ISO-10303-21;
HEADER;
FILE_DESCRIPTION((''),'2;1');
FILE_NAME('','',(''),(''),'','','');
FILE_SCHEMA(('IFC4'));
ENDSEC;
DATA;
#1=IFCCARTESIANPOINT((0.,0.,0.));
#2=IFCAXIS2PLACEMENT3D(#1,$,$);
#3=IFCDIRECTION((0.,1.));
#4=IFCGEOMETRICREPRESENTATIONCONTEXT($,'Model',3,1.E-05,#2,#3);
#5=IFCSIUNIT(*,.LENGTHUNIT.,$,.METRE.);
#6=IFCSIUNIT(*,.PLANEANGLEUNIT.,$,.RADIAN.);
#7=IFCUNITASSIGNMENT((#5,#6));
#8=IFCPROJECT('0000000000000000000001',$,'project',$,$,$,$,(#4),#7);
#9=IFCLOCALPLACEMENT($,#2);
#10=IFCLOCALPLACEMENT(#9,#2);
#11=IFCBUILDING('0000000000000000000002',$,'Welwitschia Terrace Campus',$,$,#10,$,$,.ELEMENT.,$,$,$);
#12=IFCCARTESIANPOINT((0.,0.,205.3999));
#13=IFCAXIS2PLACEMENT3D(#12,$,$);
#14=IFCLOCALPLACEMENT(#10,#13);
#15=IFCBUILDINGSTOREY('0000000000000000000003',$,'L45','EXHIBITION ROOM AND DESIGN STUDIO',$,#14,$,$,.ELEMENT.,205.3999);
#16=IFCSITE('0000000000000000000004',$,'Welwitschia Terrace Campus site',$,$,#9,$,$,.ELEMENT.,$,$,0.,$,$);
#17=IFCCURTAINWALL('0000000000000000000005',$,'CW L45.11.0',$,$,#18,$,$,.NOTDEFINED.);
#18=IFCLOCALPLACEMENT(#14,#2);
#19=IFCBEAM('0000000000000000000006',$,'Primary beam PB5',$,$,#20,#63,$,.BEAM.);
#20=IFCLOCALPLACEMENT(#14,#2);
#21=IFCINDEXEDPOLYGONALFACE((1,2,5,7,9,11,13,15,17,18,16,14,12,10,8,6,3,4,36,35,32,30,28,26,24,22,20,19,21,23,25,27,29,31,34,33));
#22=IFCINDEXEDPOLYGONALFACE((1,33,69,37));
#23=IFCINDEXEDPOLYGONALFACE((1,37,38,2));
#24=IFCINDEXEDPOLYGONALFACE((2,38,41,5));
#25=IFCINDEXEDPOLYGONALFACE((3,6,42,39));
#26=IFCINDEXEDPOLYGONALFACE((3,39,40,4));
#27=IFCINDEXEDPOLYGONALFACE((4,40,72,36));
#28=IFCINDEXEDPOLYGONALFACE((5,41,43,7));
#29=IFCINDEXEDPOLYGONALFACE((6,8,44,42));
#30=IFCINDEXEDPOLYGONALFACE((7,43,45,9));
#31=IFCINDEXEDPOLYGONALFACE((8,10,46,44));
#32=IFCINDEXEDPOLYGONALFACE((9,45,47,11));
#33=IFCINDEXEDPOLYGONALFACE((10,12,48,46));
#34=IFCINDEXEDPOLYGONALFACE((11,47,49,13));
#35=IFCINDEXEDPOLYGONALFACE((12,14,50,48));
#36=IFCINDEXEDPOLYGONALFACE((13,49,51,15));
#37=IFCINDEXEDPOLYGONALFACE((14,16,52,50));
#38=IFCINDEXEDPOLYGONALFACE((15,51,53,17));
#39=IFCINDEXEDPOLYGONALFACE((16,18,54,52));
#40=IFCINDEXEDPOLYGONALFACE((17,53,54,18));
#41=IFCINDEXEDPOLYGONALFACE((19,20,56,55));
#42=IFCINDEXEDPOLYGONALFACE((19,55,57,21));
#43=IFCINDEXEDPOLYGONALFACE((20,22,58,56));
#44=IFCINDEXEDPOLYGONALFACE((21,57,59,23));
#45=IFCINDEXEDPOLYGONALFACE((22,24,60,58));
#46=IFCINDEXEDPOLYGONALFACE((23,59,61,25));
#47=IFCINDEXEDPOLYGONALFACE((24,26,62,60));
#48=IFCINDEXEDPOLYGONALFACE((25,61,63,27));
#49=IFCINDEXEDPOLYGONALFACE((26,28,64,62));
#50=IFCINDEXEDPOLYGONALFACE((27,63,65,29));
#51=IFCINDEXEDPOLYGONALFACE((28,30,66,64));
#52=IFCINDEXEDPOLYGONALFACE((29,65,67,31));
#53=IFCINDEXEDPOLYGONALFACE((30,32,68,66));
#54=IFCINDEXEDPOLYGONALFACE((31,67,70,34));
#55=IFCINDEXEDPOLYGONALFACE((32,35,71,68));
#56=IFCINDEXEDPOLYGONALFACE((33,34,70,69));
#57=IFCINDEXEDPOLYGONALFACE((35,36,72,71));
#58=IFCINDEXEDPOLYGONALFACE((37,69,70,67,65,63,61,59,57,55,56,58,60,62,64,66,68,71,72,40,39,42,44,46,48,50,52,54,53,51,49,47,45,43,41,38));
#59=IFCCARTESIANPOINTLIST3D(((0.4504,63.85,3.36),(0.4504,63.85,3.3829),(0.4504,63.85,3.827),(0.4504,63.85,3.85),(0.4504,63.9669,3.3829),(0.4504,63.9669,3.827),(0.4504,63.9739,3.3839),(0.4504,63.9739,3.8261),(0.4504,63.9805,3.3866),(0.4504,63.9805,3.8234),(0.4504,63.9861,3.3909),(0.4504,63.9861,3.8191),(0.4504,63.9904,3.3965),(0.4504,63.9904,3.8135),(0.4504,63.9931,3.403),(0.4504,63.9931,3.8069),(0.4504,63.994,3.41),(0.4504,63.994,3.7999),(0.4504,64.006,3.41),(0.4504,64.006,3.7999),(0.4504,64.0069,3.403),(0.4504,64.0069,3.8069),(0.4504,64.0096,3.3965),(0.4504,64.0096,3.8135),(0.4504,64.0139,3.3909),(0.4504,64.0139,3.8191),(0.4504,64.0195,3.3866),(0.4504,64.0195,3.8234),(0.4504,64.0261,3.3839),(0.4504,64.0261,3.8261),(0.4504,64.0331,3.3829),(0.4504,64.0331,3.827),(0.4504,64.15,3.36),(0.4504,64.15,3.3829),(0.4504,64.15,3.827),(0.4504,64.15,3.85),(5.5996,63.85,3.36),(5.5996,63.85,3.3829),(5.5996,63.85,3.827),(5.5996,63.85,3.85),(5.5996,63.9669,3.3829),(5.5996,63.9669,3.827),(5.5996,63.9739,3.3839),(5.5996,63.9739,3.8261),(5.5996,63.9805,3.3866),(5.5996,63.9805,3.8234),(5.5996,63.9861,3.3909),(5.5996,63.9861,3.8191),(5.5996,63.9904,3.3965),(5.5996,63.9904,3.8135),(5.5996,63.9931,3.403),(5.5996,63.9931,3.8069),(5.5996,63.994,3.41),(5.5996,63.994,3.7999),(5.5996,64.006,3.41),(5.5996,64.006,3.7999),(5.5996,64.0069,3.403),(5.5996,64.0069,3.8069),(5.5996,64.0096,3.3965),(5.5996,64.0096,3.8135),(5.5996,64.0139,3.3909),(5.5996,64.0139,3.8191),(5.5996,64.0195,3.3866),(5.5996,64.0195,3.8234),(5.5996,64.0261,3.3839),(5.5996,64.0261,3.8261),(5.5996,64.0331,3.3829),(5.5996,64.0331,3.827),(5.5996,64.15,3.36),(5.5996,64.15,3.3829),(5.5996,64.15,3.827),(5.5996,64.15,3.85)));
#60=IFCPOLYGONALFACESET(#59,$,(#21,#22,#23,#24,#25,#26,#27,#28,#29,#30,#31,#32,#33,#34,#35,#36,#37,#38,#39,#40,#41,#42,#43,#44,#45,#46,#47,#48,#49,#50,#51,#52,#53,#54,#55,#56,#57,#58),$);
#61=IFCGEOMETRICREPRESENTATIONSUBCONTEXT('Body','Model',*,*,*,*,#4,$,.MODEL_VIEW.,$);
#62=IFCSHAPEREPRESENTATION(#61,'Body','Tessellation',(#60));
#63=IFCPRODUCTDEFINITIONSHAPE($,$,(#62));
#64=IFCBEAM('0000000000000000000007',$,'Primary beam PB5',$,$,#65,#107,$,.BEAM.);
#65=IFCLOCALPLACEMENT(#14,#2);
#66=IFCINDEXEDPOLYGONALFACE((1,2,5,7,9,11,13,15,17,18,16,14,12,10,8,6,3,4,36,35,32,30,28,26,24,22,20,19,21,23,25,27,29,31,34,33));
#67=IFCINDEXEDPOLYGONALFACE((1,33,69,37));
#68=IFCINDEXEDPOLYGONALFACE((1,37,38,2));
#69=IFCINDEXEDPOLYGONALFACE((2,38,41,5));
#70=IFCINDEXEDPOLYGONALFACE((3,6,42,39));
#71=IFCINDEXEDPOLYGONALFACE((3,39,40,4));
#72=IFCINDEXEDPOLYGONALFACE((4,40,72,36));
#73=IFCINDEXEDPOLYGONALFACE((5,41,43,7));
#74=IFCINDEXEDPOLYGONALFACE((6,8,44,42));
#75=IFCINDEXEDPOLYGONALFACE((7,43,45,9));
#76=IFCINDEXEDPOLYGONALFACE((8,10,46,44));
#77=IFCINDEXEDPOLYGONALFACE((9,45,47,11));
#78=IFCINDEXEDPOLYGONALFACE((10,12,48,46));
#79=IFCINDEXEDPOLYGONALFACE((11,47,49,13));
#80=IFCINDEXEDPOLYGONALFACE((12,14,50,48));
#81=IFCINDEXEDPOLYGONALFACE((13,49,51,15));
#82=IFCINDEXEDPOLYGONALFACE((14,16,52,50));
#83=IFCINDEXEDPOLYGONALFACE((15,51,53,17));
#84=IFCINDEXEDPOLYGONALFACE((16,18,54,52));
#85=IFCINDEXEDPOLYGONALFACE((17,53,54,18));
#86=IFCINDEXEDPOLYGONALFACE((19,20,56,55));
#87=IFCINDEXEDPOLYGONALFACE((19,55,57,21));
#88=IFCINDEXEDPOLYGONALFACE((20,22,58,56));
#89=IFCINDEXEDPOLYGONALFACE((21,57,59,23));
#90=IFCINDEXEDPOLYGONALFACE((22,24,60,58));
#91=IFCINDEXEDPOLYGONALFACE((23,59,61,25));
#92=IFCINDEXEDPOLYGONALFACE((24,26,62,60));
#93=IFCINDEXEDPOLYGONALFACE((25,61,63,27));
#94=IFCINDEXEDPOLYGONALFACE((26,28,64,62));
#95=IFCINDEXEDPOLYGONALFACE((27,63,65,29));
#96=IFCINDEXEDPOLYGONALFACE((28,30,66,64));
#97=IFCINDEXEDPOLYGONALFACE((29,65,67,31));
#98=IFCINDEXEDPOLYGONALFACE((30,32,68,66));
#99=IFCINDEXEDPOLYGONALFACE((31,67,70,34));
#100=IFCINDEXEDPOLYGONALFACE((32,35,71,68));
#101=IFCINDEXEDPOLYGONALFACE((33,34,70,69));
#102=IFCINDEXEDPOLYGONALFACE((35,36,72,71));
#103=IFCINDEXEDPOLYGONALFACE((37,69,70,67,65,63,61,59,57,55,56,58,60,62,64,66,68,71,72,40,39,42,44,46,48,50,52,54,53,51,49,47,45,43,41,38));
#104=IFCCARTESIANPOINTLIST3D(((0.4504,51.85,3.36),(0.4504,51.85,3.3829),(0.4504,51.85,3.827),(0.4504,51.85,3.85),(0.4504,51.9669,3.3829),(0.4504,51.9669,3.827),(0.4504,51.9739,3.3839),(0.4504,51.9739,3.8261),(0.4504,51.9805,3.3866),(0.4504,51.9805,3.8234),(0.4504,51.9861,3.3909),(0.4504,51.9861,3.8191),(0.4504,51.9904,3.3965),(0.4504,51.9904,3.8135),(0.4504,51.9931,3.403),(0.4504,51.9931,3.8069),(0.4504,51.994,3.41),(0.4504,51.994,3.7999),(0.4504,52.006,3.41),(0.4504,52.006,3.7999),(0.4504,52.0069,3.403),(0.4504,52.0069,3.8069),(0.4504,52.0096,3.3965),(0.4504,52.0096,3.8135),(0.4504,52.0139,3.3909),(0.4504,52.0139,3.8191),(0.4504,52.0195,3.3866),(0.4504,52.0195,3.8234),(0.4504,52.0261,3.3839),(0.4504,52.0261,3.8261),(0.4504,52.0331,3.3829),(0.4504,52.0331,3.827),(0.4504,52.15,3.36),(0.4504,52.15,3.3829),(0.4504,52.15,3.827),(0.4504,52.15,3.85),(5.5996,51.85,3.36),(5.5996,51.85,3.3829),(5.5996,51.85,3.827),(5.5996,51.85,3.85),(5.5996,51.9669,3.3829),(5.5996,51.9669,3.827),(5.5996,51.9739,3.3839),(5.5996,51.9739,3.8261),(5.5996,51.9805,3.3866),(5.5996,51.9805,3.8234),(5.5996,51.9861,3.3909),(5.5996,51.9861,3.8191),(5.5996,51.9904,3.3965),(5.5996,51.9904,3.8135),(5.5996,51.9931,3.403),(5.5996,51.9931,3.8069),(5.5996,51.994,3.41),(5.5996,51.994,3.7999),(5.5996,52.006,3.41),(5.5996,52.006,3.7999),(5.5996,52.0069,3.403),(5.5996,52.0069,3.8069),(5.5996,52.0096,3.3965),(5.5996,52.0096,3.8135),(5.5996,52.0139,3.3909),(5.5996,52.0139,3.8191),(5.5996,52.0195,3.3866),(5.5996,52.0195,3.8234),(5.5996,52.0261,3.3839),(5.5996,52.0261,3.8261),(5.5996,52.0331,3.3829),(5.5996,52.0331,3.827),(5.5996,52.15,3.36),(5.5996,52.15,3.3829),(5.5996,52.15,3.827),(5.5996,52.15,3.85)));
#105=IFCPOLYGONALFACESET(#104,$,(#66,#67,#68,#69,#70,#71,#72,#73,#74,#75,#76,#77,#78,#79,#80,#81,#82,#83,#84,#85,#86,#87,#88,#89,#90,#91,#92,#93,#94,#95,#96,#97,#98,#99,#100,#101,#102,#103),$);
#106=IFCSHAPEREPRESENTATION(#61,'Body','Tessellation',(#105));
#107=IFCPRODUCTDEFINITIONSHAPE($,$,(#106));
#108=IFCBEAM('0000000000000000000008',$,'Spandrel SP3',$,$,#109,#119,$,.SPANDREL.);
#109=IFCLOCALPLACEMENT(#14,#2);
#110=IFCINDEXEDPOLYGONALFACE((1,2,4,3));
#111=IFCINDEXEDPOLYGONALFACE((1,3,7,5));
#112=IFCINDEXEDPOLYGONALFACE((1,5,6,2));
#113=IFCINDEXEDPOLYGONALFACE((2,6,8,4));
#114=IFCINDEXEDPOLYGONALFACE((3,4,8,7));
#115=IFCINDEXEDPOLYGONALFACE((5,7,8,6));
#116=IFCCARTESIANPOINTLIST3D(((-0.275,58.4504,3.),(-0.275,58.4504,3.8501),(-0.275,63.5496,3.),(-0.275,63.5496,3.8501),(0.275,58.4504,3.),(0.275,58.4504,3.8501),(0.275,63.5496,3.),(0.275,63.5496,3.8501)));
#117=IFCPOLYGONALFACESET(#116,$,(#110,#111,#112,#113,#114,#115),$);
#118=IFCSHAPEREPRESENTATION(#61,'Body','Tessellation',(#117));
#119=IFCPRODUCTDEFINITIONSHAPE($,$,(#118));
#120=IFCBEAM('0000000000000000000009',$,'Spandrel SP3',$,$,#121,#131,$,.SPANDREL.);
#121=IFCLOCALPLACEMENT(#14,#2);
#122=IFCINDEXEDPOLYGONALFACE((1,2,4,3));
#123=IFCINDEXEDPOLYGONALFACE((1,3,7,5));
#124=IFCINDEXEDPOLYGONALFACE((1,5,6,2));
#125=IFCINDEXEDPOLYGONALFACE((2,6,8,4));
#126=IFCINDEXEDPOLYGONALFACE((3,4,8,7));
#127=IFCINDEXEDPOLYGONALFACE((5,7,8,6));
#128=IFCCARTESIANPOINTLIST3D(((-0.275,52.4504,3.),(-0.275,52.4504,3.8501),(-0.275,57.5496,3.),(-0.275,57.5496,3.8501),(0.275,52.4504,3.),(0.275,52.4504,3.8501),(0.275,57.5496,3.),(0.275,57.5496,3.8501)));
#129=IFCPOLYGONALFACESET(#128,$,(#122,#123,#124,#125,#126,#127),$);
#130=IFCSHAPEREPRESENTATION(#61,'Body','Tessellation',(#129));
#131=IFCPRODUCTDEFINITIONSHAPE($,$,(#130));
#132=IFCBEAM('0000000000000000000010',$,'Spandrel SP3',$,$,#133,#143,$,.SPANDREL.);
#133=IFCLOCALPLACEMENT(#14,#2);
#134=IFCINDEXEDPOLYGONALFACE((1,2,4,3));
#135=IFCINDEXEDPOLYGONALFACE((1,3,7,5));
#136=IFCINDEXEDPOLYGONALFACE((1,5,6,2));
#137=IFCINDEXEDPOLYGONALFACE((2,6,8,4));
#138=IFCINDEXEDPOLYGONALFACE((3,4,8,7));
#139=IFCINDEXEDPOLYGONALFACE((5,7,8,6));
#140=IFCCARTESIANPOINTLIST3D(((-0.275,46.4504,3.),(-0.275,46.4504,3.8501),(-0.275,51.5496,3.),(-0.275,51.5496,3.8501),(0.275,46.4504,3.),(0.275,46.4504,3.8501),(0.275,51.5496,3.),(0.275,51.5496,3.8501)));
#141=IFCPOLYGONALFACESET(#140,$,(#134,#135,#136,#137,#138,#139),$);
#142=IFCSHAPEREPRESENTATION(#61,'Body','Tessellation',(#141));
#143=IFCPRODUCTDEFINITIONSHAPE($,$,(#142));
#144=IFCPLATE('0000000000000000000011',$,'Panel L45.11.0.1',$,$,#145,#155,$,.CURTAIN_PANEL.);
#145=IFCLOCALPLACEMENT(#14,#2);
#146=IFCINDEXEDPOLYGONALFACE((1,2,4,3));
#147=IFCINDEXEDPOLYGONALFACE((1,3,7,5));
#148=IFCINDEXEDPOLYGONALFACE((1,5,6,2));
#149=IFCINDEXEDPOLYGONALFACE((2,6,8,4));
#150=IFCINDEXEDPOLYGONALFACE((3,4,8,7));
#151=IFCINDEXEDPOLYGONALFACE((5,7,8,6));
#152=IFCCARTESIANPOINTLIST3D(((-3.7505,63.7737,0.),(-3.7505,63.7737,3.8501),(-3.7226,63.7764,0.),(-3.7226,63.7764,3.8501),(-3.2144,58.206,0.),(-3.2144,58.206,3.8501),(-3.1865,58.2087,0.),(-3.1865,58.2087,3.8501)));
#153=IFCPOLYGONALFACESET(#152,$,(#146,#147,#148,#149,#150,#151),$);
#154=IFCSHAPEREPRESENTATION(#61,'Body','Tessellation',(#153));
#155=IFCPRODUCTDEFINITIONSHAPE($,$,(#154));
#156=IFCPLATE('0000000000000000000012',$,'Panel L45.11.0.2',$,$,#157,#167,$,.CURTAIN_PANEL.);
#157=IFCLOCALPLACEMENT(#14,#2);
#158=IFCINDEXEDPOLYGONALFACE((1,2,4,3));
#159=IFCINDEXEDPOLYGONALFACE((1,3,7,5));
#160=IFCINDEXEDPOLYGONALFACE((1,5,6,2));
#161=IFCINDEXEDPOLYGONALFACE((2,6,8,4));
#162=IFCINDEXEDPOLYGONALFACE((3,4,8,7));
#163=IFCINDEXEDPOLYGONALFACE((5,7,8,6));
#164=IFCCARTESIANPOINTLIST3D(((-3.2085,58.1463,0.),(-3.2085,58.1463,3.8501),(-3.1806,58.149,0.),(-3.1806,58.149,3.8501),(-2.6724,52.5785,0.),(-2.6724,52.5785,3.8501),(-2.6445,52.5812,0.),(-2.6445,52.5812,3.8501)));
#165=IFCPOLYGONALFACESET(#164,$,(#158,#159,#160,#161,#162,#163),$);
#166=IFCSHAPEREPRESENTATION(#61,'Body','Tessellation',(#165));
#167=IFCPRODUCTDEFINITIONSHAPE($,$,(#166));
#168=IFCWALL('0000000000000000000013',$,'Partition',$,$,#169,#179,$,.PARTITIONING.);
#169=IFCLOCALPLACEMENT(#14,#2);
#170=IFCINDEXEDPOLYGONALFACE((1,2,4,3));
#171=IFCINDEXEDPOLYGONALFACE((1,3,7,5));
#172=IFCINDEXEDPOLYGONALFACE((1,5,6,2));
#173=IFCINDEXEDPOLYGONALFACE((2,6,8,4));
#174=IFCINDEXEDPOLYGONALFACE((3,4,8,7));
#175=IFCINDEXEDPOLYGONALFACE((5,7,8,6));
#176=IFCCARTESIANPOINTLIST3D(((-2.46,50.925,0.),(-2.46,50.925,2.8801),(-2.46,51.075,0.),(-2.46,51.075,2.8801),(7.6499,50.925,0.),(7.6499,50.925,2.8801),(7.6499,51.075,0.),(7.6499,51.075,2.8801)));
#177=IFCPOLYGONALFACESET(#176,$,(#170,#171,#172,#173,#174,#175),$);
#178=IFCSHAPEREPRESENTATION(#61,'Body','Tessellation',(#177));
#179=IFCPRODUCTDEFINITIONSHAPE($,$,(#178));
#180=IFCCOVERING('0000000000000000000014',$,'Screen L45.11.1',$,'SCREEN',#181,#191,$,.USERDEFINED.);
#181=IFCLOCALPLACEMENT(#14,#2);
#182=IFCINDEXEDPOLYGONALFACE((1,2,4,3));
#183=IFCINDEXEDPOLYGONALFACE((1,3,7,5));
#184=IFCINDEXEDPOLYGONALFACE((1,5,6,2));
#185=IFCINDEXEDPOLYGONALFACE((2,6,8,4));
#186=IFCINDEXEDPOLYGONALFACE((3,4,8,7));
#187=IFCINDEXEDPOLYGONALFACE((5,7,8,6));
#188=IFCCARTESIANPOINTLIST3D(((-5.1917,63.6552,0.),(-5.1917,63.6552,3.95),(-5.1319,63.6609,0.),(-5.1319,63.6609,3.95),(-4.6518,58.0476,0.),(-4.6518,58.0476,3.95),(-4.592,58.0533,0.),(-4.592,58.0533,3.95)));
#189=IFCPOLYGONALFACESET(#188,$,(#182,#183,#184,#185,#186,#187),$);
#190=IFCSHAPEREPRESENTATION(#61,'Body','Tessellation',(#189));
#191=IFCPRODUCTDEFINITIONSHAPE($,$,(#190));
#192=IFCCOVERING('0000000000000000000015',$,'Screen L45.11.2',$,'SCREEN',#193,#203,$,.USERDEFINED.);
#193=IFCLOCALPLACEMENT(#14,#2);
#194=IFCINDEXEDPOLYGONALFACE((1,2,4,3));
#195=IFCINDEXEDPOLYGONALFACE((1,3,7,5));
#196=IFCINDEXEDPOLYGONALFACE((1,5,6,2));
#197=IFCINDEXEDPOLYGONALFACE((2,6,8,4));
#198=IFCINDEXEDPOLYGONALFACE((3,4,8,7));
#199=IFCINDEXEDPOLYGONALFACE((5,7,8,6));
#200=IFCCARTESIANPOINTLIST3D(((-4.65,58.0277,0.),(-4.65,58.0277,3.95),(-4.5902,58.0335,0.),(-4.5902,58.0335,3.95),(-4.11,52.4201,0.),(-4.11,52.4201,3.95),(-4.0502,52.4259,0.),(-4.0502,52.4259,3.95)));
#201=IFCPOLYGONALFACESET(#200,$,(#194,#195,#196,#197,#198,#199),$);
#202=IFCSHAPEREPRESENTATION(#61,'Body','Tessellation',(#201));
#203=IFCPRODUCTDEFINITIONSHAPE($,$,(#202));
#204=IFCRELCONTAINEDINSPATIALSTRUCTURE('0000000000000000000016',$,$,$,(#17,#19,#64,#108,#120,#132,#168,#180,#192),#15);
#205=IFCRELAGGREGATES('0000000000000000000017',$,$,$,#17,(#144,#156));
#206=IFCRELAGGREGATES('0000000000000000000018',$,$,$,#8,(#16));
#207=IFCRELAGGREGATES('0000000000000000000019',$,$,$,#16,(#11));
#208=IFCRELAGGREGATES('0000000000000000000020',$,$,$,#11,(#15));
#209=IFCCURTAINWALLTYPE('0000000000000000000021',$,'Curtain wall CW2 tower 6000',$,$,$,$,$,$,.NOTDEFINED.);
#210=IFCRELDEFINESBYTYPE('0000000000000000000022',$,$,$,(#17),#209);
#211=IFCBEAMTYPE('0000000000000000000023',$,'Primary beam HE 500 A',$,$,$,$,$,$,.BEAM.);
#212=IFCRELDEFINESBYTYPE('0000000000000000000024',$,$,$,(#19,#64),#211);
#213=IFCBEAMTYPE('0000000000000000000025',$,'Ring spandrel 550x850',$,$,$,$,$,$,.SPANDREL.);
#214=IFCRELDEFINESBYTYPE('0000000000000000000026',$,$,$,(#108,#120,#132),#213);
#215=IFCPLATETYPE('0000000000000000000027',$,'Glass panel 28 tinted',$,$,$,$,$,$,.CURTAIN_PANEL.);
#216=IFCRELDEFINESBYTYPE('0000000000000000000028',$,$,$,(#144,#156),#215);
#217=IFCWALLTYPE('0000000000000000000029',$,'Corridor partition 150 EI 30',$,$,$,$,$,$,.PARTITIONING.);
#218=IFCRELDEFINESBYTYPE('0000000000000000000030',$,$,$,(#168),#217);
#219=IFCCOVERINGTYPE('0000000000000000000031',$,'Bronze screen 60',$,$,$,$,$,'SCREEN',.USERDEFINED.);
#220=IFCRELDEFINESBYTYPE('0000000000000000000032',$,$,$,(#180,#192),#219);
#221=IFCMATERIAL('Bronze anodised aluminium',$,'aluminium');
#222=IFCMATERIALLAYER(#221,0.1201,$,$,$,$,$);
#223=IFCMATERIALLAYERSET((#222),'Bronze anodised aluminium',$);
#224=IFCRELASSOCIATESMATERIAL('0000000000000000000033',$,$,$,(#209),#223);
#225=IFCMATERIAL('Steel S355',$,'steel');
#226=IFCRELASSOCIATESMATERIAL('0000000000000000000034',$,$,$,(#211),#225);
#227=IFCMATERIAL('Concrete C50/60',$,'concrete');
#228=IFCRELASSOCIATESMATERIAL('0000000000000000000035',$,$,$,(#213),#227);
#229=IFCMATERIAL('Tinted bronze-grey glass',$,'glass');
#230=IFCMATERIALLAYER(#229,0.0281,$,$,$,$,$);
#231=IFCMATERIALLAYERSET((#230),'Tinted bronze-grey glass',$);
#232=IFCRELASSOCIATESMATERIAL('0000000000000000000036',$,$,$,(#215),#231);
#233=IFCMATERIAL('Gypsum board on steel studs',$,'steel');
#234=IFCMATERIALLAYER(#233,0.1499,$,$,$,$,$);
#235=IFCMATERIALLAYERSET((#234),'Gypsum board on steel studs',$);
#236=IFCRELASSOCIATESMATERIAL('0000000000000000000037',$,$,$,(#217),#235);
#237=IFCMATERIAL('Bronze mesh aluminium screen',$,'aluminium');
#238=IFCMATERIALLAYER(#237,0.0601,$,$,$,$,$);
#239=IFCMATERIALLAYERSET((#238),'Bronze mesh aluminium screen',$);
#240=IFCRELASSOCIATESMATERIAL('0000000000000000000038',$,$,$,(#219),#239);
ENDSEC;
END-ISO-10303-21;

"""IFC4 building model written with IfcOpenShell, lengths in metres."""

from ifc_helpers import new_model, si_unit, direction, frame, frame_2d, origin, origin_2d, place, context, subcontext, project, spatial, rectangle, i_section, extrude, material, layer, layer_set, material_profile, profile_set, type_object, element, aggregate, save


model = new_model("IFC4")

# Units and contexts
model_context = context("Model", 3, precision=1e-05, world=origin(), true_north=direction((0.0, 1.0)))
body_context = subcontext(model_context, "Body", "Model", "MODEL_VIEW")
ifc_project = project(units=[si_unit("LENGTHUNIT", "METRE"), si_unit("PLANEANGLEUNIT", "RADIAN")], contexts=[model_context])

# Site, building, storey
site_placement = place(None, origin())
site = spatial("IfcSite", under=ifc_project, at=site_placement, Name="Welwitschia Terrace Campus site", CompositionType="ELEMENT", RefElevation=0.0)
building_placement = place(site_placement, origin())
building = spatial("IfcBuilding", under=site, at=building_placement, Name="Welwitschia Terrace Campus", CompositionType="ELEMENT")
storey_placement = place(building_placement, frame((0.0, 0.0, 205.3999)))
storey = spatial("IfcBuildingStorey", under=building, at=storey_placement, Name="L45", Description="EXHIBITION ROOM AND DESIGN STUDIO", CompositionType="ELEMENT", Elevation=205.3999)

# Curtain wall
ifc_material_1 = material(Name="Bronze anodised aluminium", Category="aluminium")
ifc_layer_1 = layer(ifc_material_1, 0.1201)
ifc_layer_set_1 = layer_set([ifc_layer_1], Name="Bronze anodised aluminium")
curtain_wall_type = type_object("IfcCurtainWallType", Name="Curtain wall CW2 tower 6000", PredefinedType="NOTDEFINED", material=ifc_layer_set_1)
curtain_wall_placement = place(storey_placement, origin())
curtain_wall = element("IfcCurtainWall", 1, at=curtain_wall_placement, inside=storey, type_object=curtain_wall_type, Name="CW L45.11.0", PredefinedType="NOTDEFINED")

# Beams
ifc_material_2 = material(Name="Steel S355", Category="steel")
ifc_material_profile_1 = material_profile(ifc_material_2, i_section(OverallWidth=0.3, OverallDepth=0.49, WebThickness=0.012, FlangeThickness=0.0229, FilletRadius=0.0271, at=origin_2d()))
ifc_profile_set_1 = profile_set([ifc_material_profile_1], Name="Steel S355")
beam_type_1 = type_object("IfcBeamType", Name="Primary beam HE 500 A", PredefinedType="BEAM", material=ifc_profile_set_1)
for number, where, z_axis, x_axis, name in (
    (2, (0.4504, 64.0, 3.605), (1.0, 0.0, 0.0), (0.0, 1.0, 0.0), "Primary beam PB5"),
    (3, (0.4504, 52.0, 3.605), (1.0, 0.0, 0.0), (0.0, 1.0, 0.0), "Primary beam PB5"),
):
    element("IfcBeam", number, at=place(storey_placement, frame(where, z_axis=z_axis, x_axis=x_axis)), inside=storey, type_object=beam_type_1, Name=name, PredefinedType="BEAM", context=body_context, shape_type="SweptSolid", body=[
        extrude(i_section(OverallWidth=0.3, OverallDepth=0.49, WebThickness=0.012, FlangeThickness=0.0229, FilletRadius=0.0271, at=origin_2d()), origin(), (0.0, 0.0, 1.0), 5.1492),
    ])
ifc_material_3 = material(Name="Concrete C50/60", Category="concrete")
ifc_material_profile_2 = material_profile(ifc_material_3, rectangle(XDim=0.55, YDim=0.8501, at=origin_2d()))
ifc_profile_set_2 = profile_set([ifc_material_profile_2], Name="Concrete C50/60")
beam_type_2 = type_object("IfcBeamType", Name="Ring spandrel 550x850", PredefinedType="SPANDREL", material=ifc_profile_set_2)
for number, where, z_axis, x_axis, name in (
    (4, (0.0, 63.5496, 3.425), (0.0, -1.0, 0.0), (1.0, 0.0, 0.0), "Spandrel SP3"),
    (5, (0.0, 57.5496, 3.425), (0.0, -1.0, 0.0), (1.0, 0.0, 0.0), "Spandrel SP3"),
    (6, (0.0, 51.5496, 3.425), (0.0, -1.0, 0.0), (1.0, 0.0, 0.0), "Spandrel SP3"),
):
    element("IfcBeam", number, at=place(storey_placement, frame(where, z_axis=z_axis, x_axis=x_axis)), inside=storey, type_object=beam_type_2, Name=name, PredefinedType="SPANDREL", context=body_context, shape_type="SweptSolid", body=[
        extrude(rectangle(XDim=0.55, YDim=0.8501, at=origin_2d()), origin(), (0.0, 0.0, 1.0), 5.0991),
    ])

# Plates
ifc_material_4 = material(Name="Tinted bronze-grey glass", Category="glass")
ifc_layer_2 = layer(ifc_material_4, 0.0281)
ifc_layer_set_2 = layer_set([ifc_layer_2], Name="Tinted bronze-grey glass")
plate_type = type_object("IfcPlateType", Name="Glass panel 28 tinted", PredefinedType="CURTAIN_PANEL", material=ifc_layer_set_2)
plate_1_placement = place(storey_placement, frame((-3.4685, 60.9912, 0.0), z_axis=(0.0, 0.0, 1.0), x_axis=(0.095846, -0.995396, 0.0)))
plate_1 = element("IfcPlate", 7, at=plate_1_placement, type_object=plate_type, Name="Panel L45.11.0.1", PredefinedType="CURTAIN_PANEL", context=body_context, shape_type="SweptSolid", body=[
    extrude(rectangle(XDim=5.5935, YDim=0.0281, at=origin_2d()), origin(), (0.0, 0.0, 1.0), 3.8501),
])
plate_2_placement = place(storey_placement, frame((-2.9265, 55.3638, 0.0), z_axis=(0.0, 0.0, 1.0), x_axis=(0.095846, -0.995396, 0.0)))
plate_2 = element("IfcPlate", 8, at=plate_2_placement, type_object=plate_type, Name="Panel L45.11.0.2", PredefinedType="CURTAIN_PANEL", context=body_context, shape_type="SweptSolid", body=[
    extrude(rectangle(XDim=5.5935, YDim=0.0281, at=origin_2d()), origin(), (0.0, 0.0, 1.0), 3.8501),
])
aggregate(curtain_wall, [plate_1, plate_2])

# Wall
ifc_material_5 = material(Name="Gypsum board on steel studs", Category="steel")
ifc_layer_3 = layer(ifc_material_5, 0.1499)
ifc_layer_set_3 = layer_set([ifc_layer_3], Name="Gypsum board on steel studs")
wall_type = type_object("IfcWallType", Name="Corridor partition 150 EI 30", PredefinedType="PARTITIONING", material=ifc_layer_set_3)
wall_placement = place(storey_placement, frame((-2.46, 51.0, 0.0), z_axis=(0.0, 0.0, 1.0), x_axis=(1.0, 0.0, 0.0)))
element("IfcWall", 9, at=wall_placement, inside=storey, type_object=wall_type, Name="Partition", PredefinedType="PARTITIONING", context=body_context, shape_type="SweptSolid", body=[
    extrude(rectangle(XDim=10.1099, YDim=0.1499, at=frame_2d((5.0549, 0.0))), origin(), (0.0, 0.0, 1.0), 2.8801),
])

# Coverings
ifc_material_6 = material(Name="Bronze mesh aluminium screen", Category="aluminium")
ifc_layer_4 = layer(ifc_material_6, 0.0601)
ifc_layer_set_4 = layer_set([ifc_layer_4], Name="Bronze mesh aluminium screen")
covering_type = type_object("IfcCoveringType", Name="Bronze screen 60", ElementType="SCREEN", PredefinedType="USERDEFINED", material=ifc_layer_set_4)
for number, where, z_axis, x_axis, name in (
    (10, (-4.8918, 60.8542, 0.0), (0.0, 0.0, 1.0), (0.095846, -0.995396, 0.0), "Screen L45.11.1"),
    (11, (-4.3501, 55.2268, 0.0), (0.0, 0.0, 1.0), (0.095846, -0.995396, 0.0), "Screen L45.11.2"),
):
    element("IfcCovering", number, at=place(storey_placement, frame(where, z_axis=z_axis, x_axis=x_axis)), inside=storey, type_object=covering_type, Name=name, ObjectType="SCREEN", PredefinedType="USERDEFINED", context=body_context, shape_type="SweptSolid", body=[
        extrude(rectangle(XDim=5.6335, YDim=0.0601, at=origin_2d()), origin(), (0.0, 0.0, 1.0), 3.95),
    ])

save(model, "model.ifc")
